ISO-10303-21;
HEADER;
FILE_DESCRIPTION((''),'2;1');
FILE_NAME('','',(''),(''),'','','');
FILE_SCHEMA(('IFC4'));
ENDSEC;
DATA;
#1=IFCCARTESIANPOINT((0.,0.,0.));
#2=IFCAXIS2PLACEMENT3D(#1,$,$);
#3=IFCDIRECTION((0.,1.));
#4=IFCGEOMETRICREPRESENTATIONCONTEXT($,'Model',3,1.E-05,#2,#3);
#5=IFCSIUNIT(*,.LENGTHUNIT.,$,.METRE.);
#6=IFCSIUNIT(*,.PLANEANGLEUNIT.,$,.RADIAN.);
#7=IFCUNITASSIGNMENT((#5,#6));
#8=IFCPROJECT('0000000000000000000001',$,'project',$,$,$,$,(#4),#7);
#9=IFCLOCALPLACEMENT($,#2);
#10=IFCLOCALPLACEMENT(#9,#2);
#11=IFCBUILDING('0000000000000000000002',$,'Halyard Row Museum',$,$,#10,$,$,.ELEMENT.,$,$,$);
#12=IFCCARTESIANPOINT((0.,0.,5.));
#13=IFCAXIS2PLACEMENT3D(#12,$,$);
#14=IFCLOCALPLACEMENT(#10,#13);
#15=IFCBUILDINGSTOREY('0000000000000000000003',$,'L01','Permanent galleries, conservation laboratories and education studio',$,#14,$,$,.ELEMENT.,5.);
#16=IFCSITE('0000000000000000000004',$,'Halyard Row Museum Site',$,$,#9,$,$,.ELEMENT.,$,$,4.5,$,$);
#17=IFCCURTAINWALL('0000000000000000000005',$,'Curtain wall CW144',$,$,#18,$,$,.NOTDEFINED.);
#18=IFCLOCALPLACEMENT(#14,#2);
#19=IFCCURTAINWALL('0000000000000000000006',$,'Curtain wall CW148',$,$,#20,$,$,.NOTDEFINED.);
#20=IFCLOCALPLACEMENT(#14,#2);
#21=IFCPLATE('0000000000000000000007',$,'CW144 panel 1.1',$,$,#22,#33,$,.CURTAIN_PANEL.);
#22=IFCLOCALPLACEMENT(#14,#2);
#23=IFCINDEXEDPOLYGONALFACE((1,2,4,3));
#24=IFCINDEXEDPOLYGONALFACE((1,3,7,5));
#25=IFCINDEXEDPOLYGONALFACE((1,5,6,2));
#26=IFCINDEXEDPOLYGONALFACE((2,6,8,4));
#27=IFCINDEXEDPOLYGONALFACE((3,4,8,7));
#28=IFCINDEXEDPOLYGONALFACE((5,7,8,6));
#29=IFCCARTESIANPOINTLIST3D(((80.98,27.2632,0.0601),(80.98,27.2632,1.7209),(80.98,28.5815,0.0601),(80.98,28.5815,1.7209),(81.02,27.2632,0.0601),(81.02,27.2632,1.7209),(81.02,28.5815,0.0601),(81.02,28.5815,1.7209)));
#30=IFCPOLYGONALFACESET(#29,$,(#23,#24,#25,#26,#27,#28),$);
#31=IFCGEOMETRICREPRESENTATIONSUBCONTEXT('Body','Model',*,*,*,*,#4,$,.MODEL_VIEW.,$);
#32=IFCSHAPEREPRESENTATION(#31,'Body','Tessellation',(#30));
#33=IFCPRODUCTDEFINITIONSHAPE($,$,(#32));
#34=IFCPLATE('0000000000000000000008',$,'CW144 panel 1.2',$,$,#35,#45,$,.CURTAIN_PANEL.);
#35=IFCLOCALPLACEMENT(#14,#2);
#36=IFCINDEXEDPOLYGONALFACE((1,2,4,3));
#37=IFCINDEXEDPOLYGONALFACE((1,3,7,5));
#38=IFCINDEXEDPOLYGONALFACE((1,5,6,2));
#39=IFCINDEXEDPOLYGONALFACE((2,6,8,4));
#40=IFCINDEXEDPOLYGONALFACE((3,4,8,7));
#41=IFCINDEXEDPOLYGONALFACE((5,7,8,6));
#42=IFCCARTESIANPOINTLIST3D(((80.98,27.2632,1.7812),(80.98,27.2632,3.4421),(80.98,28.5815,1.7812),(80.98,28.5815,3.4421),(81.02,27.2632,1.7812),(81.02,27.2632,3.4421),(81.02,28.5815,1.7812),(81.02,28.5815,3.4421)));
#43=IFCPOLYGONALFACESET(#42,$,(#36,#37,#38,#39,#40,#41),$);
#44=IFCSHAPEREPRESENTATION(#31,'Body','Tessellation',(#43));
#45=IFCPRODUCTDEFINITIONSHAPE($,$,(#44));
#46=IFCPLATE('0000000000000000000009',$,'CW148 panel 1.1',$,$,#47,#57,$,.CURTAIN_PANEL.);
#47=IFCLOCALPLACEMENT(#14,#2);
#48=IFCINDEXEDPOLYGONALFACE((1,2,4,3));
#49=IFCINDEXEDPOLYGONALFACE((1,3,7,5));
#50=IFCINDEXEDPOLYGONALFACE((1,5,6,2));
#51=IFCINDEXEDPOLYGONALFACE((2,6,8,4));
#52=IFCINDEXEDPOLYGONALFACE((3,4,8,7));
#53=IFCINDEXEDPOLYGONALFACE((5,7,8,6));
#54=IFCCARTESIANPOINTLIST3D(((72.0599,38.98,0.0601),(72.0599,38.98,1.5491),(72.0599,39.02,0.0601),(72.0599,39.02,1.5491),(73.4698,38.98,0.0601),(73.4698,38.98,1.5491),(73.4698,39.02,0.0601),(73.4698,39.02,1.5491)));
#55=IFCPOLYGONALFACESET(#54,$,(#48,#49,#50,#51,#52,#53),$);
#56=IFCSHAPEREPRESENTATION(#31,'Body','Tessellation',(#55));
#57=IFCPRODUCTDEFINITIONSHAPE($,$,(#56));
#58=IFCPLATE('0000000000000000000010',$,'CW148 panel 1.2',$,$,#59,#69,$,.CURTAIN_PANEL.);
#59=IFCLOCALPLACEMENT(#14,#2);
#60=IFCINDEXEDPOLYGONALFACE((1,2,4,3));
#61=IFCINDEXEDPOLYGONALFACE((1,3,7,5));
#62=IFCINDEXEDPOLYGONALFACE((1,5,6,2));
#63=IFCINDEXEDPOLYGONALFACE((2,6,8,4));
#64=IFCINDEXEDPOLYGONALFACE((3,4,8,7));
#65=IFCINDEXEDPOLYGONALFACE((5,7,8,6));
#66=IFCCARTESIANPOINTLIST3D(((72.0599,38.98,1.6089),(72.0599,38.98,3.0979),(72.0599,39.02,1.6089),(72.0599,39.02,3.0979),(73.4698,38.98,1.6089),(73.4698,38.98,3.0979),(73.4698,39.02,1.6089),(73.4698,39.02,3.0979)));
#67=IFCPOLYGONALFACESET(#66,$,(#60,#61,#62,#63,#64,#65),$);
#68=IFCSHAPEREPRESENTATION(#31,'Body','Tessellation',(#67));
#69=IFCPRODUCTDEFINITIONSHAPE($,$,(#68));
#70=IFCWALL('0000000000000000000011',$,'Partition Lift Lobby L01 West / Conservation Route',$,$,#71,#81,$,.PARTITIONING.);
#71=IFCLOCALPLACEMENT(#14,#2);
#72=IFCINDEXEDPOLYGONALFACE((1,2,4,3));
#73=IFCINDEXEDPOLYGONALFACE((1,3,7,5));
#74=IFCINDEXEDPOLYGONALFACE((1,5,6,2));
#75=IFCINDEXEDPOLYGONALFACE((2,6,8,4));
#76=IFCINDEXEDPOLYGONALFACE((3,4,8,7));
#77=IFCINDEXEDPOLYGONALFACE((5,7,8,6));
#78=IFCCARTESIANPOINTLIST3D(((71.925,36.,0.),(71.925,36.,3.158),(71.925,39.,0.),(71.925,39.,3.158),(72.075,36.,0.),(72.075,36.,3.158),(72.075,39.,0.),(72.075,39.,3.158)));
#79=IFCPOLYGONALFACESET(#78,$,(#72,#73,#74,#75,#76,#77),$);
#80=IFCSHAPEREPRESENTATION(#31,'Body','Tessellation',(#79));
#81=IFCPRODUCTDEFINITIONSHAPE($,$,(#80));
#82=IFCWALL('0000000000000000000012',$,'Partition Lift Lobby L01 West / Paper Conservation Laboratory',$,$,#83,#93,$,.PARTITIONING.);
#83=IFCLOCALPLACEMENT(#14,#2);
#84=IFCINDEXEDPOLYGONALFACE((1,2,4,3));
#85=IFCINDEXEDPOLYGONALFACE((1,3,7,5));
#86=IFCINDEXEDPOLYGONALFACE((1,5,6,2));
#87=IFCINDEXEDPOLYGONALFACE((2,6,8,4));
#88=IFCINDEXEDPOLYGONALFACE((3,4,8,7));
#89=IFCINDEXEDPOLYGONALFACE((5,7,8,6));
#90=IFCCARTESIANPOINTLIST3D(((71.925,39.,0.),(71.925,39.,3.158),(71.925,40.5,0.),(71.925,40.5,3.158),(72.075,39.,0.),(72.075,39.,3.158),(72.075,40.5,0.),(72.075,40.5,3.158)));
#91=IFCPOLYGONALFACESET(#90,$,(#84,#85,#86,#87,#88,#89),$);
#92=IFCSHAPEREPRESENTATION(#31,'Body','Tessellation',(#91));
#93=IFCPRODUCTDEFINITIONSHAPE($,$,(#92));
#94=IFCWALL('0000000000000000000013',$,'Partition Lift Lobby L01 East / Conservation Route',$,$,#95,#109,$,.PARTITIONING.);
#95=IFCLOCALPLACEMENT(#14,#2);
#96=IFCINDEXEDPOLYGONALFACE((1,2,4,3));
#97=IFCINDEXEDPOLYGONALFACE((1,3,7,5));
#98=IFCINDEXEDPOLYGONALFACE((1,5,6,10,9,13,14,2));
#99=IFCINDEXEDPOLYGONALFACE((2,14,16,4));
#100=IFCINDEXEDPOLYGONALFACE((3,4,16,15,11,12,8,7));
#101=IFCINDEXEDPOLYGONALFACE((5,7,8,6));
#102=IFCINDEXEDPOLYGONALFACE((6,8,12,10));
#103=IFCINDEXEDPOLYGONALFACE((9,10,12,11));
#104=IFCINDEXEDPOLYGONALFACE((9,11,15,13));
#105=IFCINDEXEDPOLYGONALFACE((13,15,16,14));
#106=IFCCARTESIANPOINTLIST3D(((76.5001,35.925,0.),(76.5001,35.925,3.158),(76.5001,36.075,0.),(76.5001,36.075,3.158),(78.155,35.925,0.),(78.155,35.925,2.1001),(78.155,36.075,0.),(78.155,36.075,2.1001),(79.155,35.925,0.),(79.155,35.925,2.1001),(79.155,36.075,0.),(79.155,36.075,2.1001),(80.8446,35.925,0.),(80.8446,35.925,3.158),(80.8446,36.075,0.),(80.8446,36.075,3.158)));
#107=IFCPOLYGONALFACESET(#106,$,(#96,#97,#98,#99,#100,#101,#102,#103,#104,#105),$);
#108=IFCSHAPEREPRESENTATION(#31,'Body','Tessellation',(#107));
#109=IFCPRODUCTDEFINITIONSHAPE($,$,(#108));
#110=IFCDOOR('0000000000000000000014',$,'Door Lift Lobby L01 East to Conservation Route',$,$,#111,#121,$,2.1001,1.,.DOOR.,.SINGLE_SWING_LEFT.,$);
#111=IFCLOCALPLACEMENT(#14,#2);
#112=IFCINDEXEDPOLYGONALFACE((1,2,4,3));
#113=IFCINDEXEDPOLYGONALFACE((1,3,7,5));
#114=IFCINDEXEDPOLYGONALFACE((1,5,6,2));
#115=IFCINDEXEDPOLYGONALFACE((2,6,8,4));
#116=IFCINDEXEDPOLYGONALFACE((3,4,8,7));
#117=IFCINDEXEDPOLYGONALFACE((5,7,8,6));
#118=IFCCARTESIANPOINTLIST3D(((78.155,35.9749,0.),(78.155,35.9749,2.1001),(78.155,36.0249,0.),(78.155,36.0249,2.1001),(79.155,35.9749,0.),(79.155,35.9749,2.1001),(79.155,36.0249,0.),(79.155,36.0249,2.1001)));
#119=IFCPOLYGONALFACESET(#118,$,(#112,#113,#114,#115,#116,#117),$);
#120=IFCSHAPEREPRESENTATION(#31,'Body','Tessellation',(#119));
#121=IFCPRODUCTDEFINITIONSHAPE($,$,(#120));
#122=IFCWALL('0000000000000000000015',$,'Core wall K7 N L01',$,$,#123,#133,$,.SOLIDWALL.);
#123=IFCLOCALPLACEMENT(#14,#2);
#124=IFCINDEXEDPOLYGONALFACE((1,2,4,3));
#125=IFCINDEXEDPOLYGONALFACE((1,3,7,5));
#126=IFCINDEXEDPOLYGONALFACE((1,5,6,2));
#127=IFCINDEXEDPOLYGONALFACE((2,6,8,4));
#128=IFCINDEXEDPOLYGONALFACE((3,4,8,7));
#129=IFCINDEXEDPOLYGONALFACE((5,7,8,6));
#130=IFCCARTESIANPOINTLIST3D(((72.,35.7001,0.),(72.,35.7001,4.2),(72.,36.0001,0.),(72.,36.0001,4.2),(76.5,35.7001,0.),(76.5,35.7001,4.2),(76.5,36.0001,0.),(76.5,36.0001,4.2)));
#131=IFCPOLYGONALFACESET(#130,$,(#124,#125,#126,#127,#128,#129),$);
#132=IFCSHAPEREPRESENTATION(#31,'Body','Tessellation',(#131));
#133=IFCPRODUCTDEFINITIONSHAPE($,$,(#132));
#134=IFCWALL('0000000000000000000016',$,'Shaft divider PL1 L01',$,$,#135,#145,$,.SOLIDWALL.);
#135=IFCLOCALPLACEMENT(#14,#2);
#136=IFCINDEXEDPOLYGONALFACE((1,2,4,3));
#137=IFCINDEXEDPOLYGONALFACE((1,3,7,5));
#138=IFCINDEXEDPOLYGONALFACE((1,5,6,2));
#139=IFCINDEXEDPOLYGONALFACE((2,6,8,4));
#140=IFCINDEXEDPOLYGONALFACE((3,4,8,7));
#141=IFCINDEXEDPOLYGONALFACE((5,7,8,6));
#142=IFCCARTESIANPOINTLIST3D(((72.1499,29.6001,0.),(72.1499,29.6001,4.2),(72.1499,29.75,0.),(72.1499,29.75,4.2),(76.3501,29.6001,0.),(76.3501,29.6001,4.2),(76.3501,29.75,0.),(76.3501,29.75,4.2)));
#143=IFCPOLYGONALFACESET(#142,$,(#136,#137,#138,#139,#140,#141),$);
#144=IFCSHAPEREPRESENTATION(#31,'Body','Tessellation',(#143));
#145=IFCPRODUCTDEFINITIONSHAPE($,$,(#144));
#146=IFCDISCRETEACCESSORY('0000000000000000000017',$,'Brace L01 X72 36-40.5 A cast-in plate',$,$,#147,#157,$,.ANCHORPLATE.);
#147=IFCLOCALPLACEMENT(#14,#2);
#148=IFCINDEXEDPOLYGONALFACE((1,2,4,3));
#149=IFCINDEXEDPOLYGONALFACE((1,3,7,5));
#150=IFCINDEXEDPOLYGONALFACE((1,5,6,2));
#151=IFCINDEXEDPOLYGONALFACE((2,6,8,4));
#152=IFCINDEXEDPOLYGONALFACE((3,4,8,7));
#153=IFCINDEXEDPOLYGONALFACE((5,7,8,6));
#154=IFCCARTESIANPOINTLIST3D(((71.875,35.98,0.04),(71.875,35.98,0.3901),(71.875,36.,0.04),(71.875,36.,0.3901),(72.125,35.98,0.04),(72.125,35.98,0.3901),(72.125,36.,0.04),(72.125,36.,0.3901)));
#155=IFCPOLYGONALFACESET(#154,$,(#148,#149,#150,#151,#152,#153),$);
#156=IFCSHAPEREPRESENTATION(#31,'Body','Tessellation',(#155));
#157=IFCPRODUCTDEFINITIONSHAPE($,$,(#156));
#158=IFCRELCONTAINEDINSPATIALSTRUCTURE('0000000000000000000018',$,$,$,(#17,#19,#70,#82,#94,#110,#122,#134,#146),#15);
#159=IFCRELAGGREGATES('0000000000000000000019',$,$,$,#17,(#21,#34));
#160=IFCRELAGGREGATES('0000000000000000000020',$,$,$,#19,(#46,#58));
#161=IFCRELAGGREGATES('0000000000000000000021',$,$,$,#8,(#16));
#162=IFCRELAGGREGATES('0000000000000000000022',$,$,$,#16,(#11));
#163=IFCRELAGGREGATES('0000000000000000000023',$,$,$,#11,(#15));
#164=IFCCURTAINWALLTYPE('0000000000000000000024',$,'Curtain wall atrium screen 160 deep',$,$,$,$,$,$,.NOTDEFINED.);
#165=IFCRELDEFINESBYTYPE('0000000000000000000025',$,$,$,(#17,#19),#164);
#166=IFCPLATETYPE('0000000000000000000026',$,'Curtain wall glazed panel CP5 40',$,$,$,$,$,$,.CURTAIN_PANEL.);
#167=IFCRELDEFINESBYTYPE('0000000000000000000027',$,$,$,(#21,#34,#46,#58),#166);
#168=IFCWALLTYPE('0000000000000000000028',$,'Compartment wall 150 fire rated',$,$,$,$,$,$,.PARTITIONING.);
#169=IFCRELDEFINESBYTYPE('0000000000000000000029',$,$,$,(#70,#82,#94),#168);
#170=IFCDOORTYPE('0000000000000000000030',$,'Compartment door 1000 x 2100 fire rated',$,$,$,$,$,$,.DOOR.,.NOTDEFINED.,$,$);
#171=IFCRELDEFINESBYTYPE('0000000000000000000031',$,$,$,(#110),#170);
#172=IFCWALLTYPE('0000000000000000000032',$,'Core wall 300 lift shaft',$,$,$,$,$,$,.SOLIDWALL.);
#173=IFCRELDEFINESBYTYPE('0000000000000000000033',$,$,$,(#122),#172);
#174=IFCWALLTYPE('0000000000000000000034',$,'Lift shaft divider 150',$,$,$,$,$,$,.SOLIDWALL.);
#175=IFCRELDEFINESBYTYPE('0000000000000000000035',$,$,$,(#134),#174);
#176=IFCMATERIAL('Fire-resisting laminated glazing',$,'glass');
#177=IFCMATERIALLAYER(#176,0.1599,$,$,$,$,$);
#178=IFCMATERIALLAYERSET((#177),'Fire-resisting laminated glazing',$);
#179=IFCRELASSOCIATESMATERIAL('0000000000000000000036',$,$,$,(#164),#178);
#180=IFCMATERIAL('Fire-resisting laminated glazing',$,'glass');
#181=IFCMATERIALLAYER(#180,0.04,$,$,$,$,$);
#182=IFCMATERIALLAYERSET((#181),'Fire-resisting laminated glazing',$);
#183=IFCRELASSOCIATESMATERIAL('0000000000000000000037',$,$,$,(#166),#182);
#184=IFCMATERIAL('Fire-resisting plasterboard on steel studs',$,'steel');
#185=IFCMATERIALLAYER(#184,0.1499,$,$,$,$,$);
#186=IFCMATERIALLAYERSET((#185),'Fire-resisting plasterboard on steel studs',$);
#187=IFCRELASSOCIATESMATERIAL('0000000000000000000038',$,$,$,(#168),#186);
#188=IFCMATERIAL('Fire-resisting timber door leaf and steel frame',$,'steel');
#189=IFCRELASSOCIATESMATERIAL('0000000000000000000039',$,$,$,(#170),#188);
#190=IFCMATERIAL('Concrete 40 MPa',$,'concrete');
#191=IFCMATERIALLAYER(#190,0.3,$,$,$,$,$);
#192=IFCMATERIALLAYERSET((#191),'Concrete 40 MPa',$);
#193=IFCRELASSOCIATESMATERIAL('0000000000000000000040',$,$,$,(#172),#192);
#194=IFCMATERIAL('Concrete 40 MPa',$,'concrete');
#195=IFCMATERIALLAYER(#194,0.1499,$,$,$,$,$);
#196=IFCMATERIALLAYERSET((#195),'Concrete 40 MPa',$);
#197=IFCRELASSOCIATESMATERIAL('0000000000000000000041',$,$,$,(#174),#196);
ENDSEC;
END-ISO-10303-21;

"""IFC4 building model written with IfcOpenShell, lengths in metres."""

from ifc_helpers import new_model, si_unit, direction, frame, frame_2d, origin, origin_2d, place, context, subcontext, project, spatial, rectangle, extrude, material, layer, layer_set, type_object, element, fill, aggregate, save


model = new_model("IFC4")

# Units and contexts
model_context = context("Model", 3, precision=1e-05, world=origin(), true_north=direction((0.0, 1.0)))
body_context = subcontext(model_context, "Body", "Model", "MODEL_VIEW")
ifc_project = project(units=[si_unit("LENGTHUNIT", "METRE"), si_unit("PLANEANGLEUNIT", "RADIAN")], contexts=[model_context])

# Site, building, storey
site_placement = place(None, origin())
site = spatial("IfcSite", under=ifc_project, at=site_placement, Name="Halyard Row Museum Site", CompositionType="ELEMENT", RefElevation=4.5)
building_placement = place(site_placement, origin())
building = spatial("IfcBuilding", under=site, at=building_placement, Name="Halyard Row Museum", CompositionType="ELEMENT")
storey_placement = place(building_placement, frame((0.0, 0.0, 5.0)))
storey = spatial("IfcBuildingStorey", under=building, at=storey_placement, Name="L01", Description="Permanent galleries, conservation laboratories and education studio", CompositionType="ELEMENT", Elevation=5.0)

# Curtain wall
ifc_material_1 = material(Name="Fire-resisting laminated glazing", Category="glass")
ifc_layer_1 = layer(ifc_material_1, 0.1599)
ifc_layer_set_1 = layer_set([ifc_layer_1], Name="Fire-resisting laminated glazing")
curtain_wall_type = type_object("IfcCurtainWallType", Name="Curtain wall atrium screen 160 deep", PredefinedType="NOTDEFINED", material=ifc_layer_set_1)
curtain_wall_1_placement = place(storey_placement, origin())
curtain_wall_1 = element("IfcCurtainWall", 1, at=curtain_wall_1_placement, inside=storey, type_object=curtain_wall_type, Name="Curtain wall CW144", PredefinedType="NOTDEFINED")

# Curtain wall
curtain_wall_2_placement = place(storey_placement, origin())
curtain_wall_2 = element("IfcCurtainWall", 2, at=curtain_wall_2_placement, inside=storey, type_object=curtain_wall_type, Name="Curtain wall CW148", PredefinedType="NOTDEFINED")

# Plates
ifc_material_2 = material(Name="Fire-resisting laminated glazing", Category="glass")
ifc_layer_2 = layer(ifc_material_2, 0.04)
ifc_layer_set_2 = layer_set([ifc_layer_2], Name="Fire-resisting laminated glazing")
plate_type = type_object("IfcPlateType", Name="Curtain wall glazed panel CP5 40", PredefinedType="CURTAIN_PANEL", material=ifc_layer_set_2)
plate_1_placement = place(storey_placement, frame((81.0, 27.9224, 0.0601), z_axis=(0.0, 0.0, 1.0), x_axis=(0.0, 1.0, 0.0)))
plate_1 = element("IfcPlate", 3, at=plate_1_placement, type_object=plate_type, Name="CW144 panel 1.1", PredefinedType="CURTAIN_PANEL", context=body_context, shape_type="SweptSolid", body=[
    extrude(rectangle(XDim=1.3184, YDim=0.04, at=origin_2d()), origin(), (0.0, 0.0, 1.0), 1.6609),
])
plate_2_placement = place(storey_placement, frame((81.0, 27.9224, 1.7812), z_axis=(0.0, 0.0, 1.0), x_axis=(0.0, 1.0, 0.0)))
plate_2 = element("IfcPlate", 4, at=plate_2_placement, type_object=plate_type, Name="CW144 panel 1.2", PredefinedType="CURTAIN_PANEL", context=body_context, shape_type="SweptSolid", body=[
    extrude(rectangle(XDim=1.3184, YDim=0.04, at=origin_2d()), origin(), (0.0, 0.0, 1.0), 1.6609),
])
aggregate(curtain_wall_1, [plate_1, plate_2])
plate_3_placement = place(storey_placement, frame((72.7649, 39.0, 0.0601), z_axis=(0.0, 0.0, 1.0), x_axis=(1.0, 0.0, 0.0)))
plate_3 = element("IfcPlate", 5, at=plate_3_placement, type_object=plate_type, Name="CW148 panel 1.1", PredefinedType="CURTAIN_PANEL", context=body_context, shape_type="SweptSolid", body=[
    extrude(rectangle(XDim=1.4099, YDim=0.04, at=origin_2d()), origin(), (0.0, 0.0, 1.0), 1.489),
])
plate_4_placement = place(storey_placement, frame((72.7649, 39.0, 1.6089), z_axis=(0.0, 0.0, 1.0), x_axis=(1.0, 0.0, 0.0)))
plate_4 = element("IfcPlate", 6, at=plate_4_placement, type_object=plate_type, Name="CW148 panel 1.2", PredefinedType="CURTAIN_PANEL", context=body_context, shape_type="SweptSolid", body=[
    extrude(rectangle(XDim=1.4099, YDim=0.04, at=origin_2d()), origin(), (0.0, 0.0, 1.0), 1.489),
])
aggregate(curtain_wall_2, [plate_3, plate_4])

# Walls
ifc_material_3 = material(Name="Fire-resisting plasterboard on steel studs", Category="steel")
ifc_layer_3 = layer(ifc_material_3, 0.1499)
ifc_layer_set_3 = layer_set([ifc_layer_3], Name="Fire-resisting plasterboard on steel studs")
wall_type_1 = type_object("IfcWallType", Name="Compartment wall 150 fire rated", PredefinedType="PARTITIONING", material=ifc_layer_set_3)
wall_1_placement = place(storey_placement, frame((72.0, 36.0, 0.0), z_axis=(0.0, 0.0, 1.0), x_axis=(0.0, 1.0, 0.0)))
element("IfcWall", 7, at=wall_1_placement, inside=storey, type_object=wall_type_1, Name="Partition Lift Lobby L01 West / Conservation Route", PredefinedType="PARTITIONING", context=body_context, shape_type="SweptSolid", body=[
    extrude(rectangle(XDim=3.0, YDim=0.1499, at=frame_2d((1.5, 0.0))), origin(), (0.0, 0.0, 1.0), 3.158),
])
wall_2_placement = place(storey_placement, frame((72.0, 39.0, 0.0), z_axis=(0.0, 0.0, 1.0), x_axis=(0.0, 1.0, 0.0)))
element("IfcWall", 8, at=wall_2_placement, inside=storey, type_object=wall_type_1, Name="Partition Lift Lobby L01 West / Paper Conservation Laboratory", PredefinedType="PARTITIONING", context=body_context, shape_type="SweptSolid", body=[
    extrude(rectangle(XDim=1.5, YDim=0.1499, at=frame_2d((0.75, 0.0))), origin(), (0.0, 0.0, 1.0), 3.158),
])

# Wall, opening, door
wall_3_placement = place(storey_placement, frame((76.5, 36.0, 0.0), z_axis=(0.0, 0.0, 1.0), x_axis=(1.0, 0.0, 0.0)))
wall_3 = element("IfcWall", 9, at=wall_3_placement, inside=storey, type_object=wall_type_1, Name="Partition Lift Lobby L01 East / Conservation Route", PredefinedType="PARTITIONING", context=body_context, shape_type="SweptSolid", body=[
    extrude(rectangle(XDim=4.3445, YDim=0.1499, at=frame_2d((2.1724, 0.0))), origin(), (0.0, 0.0, 1.0), 3.158),
])
opening_placement = place(wall_3_placement, frame((1.655, 0.0, 0.0)))
opening = element("IfcOpeningElement", 10, at=opening_placement, cuts=wall_3, PredefinedType="OPENING", context=body_context, shape_type="SweptSolid", body=[
    extrude(rectangle(XDim=1.0, YDim=2.1001, at=frame_2d((0.5, 1.05))), frame((0.0, 0.085, 0.0), z_axis=(0.0, -1.0, 0.0), x_axis=(1.0, 0.0, 0.0)), (0.0, 0.0, 1.0), 0.1699),
])
ifc_material_4 = material(Name="Fire-resisting timber door leaf and steel frame", Category="steel")
door_type = type_object("IfcDoorType", Name="Compartment door 1000 x 2100 fire rated", OperationType="NOTDEFINED", PredefinedType="DOOR", material=ifc_material_4)
door_placement = place(opening_placement, origin())
door = element("IfcDoor", 11, at=door_placement, inside=storey, type_object=door_type, Name="Door Lift Lobby L01 East to Conservation Route", OperationType="SINGLE_SWING_LEFT", OverallHeight=2.1001, OverallWidth=1.0, PredefinedType="DOOR", context=body_context, shape_type="SweptSolid", body=[
    extrude(rectangle(XDim=1.0, YDim=2.1001, at=frame_2d((0.5, 1.05))), frame((0.0, 0.0249, 0.0), z_axis=(0.0, -1.0, 0.0), x_axis=(1.0, 0.0, 0.0)), (0.0, 0.0, 1.0), 0.05),
])
fill(opening, door)

# Walls
ifc_material_5 = material(Name="Concrete 40 MPa", Category="concrete")
ifc_layer_4 = layer(ifc_material_5, 0.3)
ifc_layer_set_4 = layer_set([ifc_layer_4], Name="Concrete 40 MPa")
wall_type_2 = type_object("IfcWallType", Name="Core wall 300 lift shaft", PredefinedType="SOLIDWALL", material=ifc_layer_set_4)
wall_4_placement = place(storey_placement, frame((72.0, 35.8501, 0.0), z_axis=(0.0, 0.0, 1.0), x_axis=(1.0, 0.0, 0.0)))
element("IfcWall", 12, at=wall_4_placement, inside=storey, type_object=wall_type_2, Name="Core wall K7 N L01", PredefinedType="SOLIDWALL", context=body_context, shape_type="SweptSolid", body=[
    extrude(rectangle(XDim=4.5, YDim=0.3, at=frame_2d((2.25, 0.0))), origin(), (0.0, 0.0, 1.0), 4.2),
])
ifc_material_6 = material(Name="Concrete 40 MPa", Category="concrete")
ifc_layer_5 = layer(ifc_material_6, 0.1499)
ifc_layer_set_5 = layer_set([ifc_layer_5], Name="Concrete 40 MPa")
wall_type_3 = type_object("IfcWallType", Name="Lift shaft divider 150", PredefinedType="SOLIDWALL", material=ifc_layer_set_5)
wall_5_placement = place(storey_placement, frame((72.1499, 29.675, 0.0), z_axis=(0.0, 0.0, 1.0), x_axis=(1.0, 0.0, 0.0)))
element("IfcWall", 13, at=wall_5_placement, inside=storey, type_object=wall_type_3, Name="Shaft divider PL1 L01", PredefinedType="SOLIDWALL", context=body_context, shape_type="SweptSolid", body=[
    extrude(rectangle(XDim=4.2002, YDim=0.1499, at=frame_2d((2.1001, 0.0))), origin(), (0.0, 0.0, 1.0), 4.2),
])

# Discrete accessory
discrete_accessory_placement = place(storey_placement, frame((72.0, 36.0, 0.2151), z_axis=(0.0, -1.0, 0.0), x_axis=(1.0, 0.0, 0.0)))
element("IfcDiscreteAccessory", 14, at=discrete_accessory_placement, inside=storey, Name="Brace L01 X72 36-40.5 A cast-in plate", PredefinedType="ANCHORPLATE", context=body_context, shape_type="SweptSolid", body=[
    extrude(rectangle(XDim=0.25, YDim=0.3501, at=origin_2d()), origin(), (0.0, 0.0, 1.0), 0.02),
])

save(model, "model.ifc")
